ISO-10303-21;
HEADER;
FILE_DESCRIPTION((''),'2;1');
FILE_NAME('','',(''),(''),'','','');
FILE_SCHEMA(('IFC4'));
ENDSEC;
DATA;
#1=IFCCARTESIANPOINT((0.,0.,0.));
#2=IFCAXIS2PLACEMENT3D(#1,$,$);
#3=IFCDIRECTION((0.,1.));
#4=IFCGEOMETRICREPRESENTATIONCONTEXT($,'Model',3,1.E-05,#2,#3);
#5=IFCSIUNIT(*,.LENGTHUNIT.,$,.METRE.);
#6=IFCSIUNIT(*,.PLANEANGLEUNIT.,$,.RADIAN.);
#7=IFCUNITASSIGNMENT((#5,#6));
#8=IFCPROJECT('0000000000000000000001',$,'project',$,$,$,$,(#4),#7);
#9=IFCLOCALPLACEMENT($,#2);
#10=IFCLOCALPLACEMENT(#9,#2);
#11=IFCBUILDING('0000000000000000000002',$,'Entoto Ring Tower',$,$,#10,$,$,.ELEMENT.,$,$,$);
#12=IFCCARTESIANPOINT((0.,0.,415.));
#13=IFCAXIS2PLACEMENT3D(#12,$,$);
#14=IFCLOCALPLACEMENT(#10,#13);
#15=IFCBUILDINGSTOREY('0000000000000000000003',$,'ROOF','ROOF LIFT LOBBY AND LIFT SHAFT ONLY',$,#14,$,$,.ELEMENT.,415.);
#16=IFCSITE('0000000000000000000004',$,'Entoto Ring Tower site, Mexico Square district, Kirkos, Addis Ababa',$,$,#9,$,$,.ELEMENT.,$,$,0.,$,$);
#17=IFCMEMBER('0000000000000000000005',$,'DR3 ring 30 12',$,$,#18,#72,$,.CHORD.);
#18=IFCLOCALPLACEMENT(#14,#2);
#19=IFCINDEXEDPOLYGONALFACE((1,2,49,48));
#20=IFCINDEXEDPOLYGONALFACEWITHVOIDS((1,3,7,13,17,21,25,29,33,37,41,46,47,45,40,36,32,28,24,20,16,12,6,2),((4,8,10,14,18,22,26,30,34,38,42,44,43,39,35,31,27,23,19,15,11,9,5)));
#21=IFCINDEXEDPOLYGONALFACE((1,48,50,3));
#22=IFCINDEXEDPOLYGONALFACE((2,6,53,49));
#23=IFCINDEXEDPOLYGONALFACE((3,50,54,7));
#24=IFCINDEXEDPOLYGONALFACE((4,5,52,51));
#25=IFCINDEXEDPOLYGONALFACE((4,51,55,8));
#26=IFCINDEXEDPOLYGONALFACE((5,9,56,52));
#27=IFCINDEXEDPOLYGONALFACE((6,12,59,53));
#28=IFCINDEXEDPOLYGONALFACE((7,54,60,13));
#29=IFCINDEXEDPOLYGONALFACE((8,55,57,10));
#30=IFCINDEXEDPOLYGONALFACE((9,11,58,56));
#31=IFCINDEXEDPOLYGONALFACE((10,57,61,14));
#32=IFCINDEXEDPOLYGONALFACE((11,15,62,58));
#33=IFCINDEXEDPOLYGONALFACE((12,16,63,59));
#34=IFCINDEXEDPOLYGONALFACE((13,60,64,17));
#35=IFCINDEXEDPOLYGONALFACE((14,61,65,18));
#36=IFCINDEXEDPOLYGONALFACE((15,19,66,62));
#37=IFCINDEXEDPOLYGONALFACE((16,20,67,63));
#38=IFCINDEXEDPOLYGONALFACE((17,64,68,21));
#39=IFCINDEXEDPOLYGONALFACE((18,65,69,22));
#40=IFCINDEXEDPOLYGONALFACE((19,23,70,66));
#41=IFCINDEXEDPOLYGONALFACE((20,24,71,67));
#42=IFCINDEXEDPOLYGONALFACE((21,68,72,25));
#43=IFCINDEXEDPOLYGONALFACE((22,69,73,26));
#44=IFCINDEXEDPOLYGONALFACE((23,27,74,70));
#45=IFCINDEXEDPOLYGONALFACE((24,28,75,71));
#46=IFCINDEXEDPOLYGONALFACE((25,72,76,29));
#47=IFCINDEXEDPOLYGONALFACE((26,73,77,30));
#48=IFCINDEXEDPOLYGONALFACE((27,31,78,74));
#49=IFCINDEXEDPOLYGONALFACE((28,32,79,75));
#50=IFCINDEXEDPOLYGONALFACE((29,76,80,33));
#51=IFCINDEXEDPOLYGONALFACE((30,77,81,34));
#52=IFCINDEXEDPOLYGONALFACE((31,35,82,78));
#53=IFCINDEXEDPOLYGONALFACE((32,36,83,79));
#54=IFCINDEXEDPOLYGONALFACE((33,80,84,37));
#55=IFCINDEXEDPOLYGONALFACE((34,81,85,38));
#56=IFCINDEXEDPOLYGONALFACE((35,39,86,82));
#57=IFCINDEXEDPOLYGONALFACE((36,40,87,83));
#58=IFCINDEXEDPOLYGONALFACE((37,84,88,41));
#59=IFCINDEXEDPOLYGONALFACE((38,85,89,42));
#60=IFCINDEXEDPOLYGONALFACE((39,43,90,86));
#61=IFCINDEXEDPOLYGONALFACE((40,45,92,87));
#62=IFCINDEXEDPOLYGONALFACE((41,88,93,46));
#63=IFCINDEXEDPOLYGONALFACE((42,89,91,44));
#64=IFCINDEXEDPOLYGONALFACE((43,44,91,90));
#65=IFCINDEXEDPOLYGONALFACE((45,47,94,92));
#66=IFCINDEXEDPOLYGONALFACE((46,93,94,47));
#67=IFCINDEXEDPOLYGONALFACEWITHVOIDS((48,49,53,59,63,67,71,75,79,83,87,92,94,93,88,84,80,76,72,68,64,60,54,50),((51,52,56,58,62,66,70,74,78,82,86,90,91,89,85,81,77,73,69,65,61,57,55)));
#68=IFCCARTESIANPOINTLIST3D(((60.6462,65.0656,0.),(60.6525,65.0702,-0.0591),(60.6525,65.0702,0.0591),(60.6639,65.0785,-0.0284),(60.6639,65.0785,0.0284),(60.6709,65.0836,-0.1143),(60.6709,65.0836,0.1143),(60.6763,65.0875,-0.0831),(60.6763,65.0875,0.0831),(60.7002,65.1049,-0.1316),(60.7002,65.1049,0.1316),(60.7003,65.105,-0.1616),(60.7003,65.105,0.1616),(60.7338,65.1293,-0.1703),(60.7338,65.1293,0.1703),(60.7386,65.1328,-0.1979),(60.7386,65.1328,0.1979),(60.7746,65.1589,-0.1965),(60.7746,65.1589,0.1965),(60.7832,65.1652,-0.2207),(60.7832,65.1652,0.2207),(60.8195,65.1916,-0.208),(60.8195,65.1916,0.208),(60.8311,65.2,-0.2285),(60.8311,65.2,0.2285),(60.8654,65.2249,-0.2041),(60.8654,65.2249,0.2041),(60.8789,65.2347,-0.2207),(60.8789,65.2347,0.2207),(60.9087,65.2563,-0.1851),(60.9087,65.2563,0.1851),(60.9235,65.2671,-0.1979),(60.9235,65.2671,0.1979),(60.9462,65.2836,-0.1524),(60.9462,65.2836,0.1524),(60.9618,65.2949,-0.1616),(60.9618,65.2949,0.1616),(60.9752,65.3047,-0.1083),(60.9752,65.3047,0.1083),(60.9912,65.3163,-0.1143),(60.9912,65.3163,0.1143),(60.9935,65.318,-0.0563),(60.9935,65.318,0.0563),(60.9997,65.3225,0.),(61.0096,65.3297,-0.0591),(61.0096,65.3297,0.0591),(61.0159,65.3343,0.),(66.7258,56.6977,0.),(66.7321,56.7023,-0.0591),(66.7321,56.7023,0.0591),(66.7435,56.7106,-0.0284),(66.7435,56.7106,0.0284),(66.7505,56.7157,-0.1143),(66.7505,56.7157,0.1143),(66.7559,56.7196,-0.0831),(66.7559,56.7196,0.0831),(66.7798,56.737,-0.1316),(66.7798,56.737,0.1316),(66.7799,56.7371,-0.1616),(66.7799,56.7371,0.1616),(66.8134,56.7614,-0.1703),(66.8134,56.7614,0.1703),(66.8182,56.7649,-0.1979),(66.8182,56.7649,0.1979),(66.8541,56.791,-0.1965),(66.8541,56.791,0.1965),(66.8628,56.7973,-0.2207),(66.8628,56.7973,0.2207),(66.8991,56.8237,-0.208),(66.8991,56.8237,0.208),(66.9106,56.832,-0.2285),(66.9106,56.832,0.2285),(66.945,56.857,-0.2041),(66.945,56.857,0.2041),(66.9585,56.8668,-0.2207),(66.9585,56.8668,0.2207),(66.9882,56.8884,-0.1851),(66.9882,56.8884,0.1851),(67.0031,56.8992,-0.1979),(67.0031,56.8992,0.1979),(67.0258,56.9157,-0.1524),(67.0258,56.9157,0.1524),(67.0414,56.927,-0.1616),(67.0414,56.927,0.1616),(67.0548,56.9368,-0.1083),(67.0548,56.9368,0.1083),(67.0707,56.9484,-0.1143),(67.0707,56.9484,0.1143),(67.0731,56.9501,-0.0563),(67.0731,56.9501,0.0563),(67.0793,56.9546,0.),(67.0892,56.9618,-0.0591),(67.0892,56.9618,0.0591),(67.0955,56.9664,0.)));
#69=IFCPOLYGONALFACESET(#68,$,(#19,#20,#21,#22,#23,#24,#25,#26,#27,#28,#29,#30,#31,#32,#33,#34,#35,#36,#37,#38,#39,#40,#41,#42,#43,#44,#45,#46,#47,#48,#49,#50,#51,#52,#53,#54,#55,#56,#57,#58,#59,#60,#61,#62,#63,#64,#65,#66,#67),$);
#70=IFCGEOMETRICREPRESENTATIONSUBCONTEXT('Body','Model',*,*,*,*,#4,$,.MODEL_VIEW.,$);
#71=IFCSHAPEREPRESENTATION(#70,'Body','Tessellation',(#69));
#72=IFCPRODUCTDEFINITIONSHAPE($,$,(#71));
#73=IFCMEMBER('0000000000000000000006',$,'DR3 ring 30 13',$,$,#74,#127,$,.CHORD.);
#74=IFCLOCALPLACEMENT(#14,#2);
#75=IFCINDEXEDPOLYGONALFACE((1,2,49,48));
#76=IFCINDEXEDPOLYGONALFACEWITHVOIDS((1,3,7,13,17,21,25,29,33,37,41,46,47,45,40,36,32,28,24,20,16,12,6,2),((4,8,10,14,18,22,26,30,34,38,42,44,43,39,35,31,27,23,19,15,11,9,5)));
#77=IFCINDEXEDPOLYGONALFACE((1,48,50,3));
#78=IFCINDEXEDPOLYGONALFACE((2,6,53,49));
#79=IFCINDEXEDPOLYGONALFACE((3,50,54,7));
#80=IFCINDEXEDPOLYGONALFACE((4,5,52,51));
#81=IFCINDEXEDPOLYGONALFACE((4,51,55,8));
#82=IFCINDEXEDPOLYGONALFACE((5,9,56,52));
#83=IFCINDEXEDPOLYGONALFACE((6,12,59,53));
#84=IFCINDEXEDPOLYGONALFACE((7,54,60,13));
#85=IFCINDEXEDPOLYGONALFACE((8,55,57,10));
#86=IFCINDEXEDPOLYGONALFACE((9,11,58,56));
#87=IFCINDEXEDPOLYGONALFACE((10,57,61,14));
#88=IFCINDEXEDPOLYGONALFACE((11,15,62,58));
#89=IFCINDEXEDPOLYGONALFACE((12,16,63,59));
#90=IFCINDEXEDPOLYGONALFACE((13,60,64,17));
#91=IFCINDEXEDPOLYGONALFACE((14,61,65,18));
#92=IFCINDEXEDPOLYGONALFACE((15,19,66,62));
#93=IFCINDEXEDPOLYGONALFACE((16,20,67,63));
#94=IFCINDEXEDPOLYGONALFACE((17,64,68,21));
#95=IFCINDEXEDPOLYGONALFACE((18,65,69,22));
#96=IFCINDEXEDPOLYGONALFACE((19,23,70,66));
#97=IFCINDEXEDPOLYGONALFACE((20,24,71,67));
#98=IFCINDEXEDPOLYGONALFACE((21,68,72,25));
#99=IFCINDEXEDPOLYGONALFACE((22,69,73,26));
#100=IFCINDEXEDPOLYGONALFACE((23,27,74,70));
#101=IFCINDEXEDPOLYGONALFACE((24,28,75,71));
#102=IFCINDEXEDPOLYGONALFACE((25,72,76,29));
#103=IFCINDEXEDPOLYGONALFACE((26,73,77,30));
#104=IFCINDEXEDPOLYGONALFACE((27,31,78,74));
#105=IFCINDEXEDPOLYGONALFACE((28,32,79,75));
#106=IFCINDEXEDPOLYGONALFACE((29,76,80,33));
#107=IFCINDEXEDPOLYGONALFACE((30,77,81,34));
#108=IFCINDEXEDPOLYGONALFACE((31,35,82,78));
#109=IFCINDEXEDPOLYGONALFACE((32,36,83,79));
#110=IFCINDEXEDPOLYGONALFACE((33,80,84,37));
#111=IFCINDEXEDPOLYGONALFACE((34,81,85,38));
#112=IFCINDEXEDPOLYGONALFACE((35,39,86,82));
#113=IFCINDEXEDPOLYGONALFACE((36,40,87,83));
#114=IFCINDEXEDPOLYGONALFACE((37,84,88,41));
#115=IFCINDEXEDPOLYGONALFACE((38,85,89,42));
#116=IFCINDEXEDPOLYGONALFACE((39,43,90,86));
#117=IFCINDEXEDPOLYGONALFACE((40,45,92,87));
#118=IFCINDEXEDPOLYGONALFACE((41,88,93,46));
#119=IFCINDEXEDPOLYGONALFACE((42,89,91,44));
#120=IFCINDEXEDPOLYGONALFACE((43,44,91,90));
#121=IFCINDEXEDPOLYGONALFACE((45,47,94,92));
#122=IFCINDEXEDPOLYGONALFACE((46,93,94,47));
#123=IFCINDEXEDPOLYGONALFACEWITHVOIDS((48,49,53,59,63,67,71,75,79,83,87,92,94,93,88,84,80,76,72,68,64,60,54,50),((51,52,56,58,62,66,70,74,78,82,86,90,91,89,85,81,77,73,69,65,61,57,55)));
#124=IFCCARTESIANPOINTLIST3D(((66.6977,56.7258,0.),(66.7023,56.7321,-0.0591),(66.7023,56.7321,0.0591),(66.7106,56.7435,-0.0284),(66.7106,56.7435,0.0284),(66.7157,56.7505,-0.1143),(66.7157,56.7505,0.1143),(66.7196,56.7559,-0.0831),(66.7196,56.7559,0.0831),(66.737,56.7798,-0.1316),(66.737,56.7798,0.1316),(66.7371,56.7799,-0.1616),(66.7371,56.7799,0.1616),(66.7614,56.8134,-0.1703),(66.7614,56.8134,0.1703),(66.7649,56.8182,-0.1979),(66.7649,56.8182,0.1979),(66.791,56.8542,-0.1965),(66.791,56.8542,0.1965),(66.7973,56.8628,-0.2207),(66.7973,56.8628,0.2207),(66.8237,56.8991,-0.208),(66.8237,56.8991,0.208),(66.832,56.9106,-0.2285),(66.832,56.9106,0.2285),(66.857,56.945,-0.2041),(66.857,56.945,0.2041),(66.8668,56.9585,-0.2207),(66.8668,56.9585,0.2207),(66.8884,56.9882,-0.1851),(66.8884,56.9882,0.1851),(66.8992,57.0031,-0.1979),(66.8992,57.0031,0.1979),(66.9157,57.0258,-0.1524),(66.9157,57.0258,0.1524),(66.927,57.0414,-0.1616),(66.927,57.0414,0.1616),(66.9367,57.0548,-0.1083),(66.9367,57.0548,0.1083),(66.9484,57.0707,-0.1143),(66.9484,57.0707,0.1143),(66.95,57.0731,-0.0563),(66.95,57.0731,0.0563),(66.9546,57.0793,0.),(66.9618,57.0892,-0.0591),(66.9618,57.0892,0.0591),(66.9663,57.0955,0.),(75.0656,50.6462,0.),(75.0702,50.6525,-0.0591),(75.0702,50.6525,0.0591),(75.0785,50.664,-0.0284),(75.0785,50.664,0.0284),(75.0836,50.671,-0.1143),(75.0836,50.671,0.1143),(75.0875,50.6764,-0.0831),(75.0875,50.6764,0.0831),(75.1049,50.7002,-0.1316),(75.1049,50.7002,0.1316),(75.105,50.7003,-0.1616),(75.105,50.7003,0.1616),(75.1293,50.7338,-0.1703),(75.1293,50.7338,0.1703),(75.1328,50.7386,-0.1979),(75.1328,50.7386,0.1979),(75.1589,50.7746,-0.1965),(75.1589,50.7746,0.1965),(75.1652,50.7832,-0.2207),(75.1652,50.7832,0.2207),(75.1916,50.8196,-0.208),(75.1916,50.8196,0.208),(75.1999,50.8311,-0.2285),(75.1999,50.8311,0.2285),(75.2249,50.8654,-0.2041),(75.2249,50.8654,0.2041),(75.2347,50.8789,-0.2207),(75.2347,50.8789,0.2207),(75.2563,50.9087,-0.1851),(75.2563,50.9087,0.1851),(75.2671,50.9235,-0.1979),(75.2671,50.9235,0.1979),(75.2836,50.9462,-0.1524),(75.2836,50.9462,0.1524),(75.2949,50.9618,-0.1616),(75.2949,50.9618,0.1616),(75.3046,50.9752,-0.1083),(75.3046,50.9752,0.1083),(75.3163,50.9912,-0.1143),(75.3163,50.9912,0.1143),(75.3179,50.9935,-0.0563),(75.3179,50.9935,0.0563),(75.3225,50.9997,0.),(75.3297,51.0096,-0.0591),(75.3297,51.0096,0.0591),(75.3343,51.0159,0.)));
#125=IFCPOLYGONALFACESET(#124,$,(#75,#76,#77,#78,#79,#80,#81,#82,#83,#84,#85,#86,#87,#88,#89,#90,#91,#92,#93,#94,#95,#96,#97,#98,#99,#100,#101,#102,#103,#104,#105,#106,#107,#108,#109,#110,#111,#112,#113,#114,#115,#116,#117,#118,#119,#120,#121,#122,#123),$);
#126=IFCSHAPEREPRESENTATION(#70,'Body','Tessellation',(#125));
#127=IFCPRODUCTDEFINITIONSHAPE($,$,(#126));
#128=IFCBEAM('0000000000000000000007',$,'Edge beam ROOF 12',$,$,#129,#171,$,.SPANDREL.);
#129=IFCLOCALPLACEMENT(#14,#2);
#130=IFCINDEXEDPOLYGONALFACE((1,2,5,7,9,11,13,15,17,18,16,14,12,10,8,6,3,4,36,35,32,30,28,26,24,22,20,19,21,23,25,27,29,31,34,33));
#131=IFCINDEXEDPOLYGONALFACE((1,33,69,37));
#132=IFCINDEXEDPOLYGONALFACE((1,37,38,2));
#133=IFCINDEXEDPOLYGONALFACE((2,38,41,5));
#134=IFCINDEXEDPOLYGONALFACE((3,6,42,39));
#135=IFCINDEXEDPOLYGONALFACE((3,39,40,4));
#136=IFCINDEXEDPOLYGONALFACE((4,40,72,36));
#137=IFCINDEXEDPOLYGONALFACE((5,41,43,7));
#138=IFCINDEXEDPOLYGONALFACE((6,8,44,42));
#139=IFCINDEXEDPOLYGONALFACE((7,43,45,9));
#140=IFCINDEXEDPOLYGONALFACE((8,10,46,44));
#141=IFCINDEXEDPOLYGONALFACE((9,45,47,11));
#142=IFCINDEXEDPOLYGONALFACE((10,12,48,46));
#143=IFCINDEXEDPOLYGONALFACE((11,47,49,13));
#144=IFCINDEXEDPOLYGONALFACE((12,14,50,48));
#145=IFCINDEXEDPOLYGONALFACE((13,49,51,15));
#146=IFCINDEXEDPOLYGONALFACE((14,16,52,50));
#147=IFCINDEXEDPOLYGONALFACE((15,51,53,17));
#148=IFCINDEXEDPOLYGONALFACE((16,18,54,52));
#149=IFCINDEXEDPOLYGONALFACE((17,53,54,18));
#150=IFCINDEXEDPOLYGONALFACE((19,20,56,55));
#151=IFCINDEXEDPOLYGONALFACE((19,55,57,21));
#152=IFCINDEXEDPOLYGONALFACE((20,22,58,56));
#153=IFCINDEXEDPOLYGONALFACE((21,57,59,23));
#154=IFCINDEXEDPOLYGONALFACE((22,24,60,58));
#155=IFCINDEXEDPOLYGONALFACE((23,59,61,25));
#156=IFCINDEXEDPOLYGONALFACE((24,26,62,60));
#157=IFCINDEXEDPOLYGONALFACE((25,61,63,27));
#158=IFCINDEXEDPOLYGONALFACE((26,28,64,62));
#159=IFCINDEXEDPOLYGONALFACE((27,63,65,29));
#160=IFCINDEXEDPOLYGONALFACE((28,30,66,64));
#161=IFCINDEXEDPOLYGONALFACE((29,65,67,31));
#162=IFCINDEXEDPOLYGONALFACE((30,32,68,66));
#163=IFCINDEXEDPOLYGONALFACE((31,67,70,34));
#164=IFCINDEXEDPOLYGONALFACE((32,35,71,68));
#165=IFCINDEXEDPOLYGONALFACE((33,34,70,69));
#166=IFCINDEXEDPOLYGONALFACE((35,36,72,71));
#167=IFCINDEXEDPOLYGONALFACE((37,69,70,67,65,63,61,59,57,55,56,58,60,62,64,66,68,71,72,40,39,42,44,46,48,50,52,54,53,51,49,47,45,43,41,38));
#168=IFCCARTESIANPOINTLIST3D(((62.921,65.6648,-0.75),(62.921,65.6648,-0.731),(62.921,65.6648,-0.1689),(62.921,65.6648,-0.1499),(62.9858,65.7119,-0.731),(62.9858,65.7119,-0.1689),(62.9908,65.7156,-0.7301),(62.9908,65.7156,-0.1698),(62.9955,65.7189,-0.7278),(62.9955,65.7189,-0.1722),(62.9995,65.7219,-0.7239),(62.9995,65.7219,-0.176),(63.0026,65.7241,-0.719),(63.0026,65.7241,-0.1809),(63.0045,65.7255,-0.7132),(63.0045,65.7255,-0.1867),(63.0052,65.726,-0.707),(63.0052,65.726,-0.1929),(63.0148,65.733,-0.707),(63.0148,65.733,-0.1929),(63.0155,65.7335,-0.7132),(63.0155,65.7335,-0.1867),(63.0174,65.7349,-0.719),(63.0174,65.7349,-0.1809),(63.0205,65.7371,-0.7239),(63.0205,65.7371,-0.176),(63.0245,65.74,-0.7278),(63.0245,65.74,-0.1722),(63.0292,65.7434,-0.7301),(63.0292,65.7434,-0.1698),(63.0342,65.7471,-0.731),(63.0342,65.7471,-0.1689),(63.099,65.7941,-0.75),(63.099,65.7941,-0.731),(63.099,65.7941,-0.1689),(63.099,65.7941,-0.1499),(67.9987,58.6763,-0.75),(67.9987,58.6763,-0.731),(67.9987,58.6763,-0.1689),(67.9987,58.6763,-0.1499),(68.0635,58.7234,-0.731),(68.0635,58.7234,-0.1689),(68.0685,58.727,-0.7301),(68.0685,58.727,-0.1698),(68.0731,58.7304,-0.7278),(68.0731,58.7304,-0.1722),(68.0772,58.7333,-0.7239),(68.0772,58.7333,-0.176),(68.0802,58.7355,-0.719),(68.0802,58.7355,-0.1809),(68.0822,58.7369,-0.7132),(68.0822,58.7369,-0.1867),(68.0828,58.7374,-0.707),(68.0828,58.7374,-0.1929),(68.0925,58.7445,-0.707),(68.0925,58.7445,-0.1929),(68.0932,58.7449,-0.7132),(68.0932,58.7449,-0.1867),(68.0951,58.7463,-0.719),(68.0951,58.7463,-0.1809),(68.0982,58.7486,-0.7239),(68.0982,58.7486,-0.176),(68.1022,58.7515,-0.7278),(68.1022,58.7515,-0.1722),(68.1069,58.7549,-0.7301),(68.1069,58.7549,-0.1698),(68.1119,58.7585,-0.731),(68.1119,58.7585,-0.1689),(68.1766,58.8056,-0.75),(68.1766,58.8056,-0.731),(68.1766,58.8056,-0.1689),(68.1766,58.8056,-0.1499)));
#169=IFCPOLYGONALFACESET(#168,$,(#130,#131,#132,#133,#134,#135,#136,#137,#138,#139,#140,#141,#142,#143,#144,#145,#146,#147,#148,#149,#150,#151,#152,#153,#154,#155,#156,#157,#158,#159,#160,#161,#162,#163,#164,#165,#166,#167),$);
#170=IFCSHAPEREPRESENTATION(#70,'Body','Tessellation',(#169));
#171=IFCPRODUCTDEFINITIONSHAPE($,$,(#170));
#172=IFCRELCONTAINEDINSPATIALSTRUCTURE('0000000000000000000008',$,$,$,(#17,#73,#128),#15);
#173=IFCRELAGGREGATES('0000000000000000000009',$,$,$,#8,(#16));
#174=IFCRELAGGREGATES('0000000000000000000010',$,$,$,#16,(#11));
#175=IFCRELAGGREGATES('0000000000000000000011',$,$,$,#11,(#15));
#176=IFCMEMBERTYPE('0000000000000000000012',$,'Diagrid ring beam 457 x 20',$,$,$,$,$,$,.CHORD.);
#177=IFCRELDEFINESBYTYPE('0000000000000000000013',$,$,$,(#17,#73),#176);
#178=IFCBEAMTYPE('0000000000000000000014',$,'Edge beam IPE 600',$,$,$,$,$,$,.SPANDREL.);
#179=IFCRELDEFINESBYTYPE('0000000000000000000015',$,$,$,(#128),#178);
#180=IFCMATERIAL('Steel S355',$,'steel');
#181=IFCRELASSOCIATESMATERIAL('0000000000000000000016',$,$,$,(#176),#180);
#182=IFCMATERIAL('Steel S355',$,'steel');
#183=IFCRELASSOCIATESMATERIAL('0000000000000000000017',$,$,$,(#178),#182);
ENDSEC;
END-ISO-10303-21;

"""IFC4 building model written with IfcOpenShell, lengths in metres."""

from ifc_helpers import new_model, si_unit, direction, frame, origin, origin_2d, place, context, subcontext, project, spatial, circle, hollow_circle, i_section, extrude, material, material_profile, profile_set, type_object, element, save


model = new_model("IFC4")

# Units and contexts
model_context = context("Model", 3, precision=1e-05, world=origin(), true_north=direction((0.0, 1.0)))
body_context = subcontext(model_context, "Body", "Model", "MODEL_VIEW")
ifc_project = project(units=[si_unit("LENGTHUNIT", "METRE"), si_unit("PLANEANGLEUNIT", "RADIAN")], contexts=[model_context])

# Site, building, storey
site_placement = place(None, origin())
site = spatial("IfcSite", under=ifc_project, at=site_placement, Name="Entoto Ring Tower site, Mexico Square district, Kirkos, Addis Ababa", CompositionType="ELEMENT", RefElevation=0.0)
building_placement = place(site_placement, origin())
building = spatial("IfcBuilding", under=site, at=building_placement, Name="Entoto Ring Tower", CompositionType="ELEMENT")
storey_placement = place(building_placement, frame((0.0, 0.0, 415.0)))
storey = spatial("IfcBuildingStorey", under=building, at=storey_placement, Name="ROOF", Description="ROOF LIFT LOBBY AND LIFT SHAFT ONLY", CompositionType="ELEMENT", Elevation=415.0)

# Members
ifc_material_1 = material(Name="Steel S355", Category="steel")
ifc_material_profile_1 = material_profile(ifc_material_1, hollow_circle(Radius=0.2285, WallThickness=0.02, at=origin_2d()), Name="CHS 457 x 20")
ifc_material_2 = material(Name="Concrete C60/75", Category="concrete")
ifc_material_profile_2 = material_profile(ifc_material_2, circle(Radius=0.2085, at=origin_2d()), Name="Concrete C60/75 infill")
ifc_profile_set_1 = profile_set([ifc_material_profile_1, ifc_material_profile_2], Name="Steel S355")
member_type_1 = type_object("IfcMemberType", Name="Diagrid ring beam 457 x 20", PredefinedType="CHORD", material=ifc_profile_set_1)
for number, where, z_axis, x_axis, name in (
    (1, (60.8311, 65.2, 0.0), (0.587781, -0.80902, 0.0), (0.80902, 0.587781, 0.0), "DR3 ring 30 12"),
    (2, (66.832, 56.9106, 0.0), (0.80902, -0.587781, 0.0), (0.587781, 0.80902, 0.0), "DR3 ring 30 13"),
):
    element("IfcMember", number, at=place(storey_placement, frame(where, z_axis=z_axis, x_axis=x_axis)), inside=storey, type_object=member_type_1, Name=name, PredefinedType="CHORD", context=body_context, shape_type="SweptSolid", body=[
        extrude(hollow_circle(Radius=0.2285, WallThickness=0.02, at=origin_2d()), origin(), (0.0, 0.0, 1.0), 10.3433),
    ])

# Beam
ifc_material_3 = material(Name="Steel S355", Category="steel")
ifc_material_profile_3 = material_profile(ifc_material_3, i_section(OverallWidth=0.22, OverallDepth=0.6001, WebThickness=0.012, FlangeThickness=0.019, FilletRadius=0.0239, at=origin_2d()), Name="IPE 600")
ifc_profile_set_2 = profile_set([ifc_material_profile_3], Name="Steel S355")
beam_type_1 = type_object("IfcBeamType", Name="Edge beam IPE 600", PredefinedType="SPANDREL", material=ifc_profile_set_2)
for number, where, z_axis, x_axis, name in (
    (3, (63.01, 65.7295, -0.45), (0.587799, -0.809007, 0.0), (0.809007, 0.587799, 0.0), "Edge beam ROOF 12"),
):
    element("IfcBeam", number, at=place(storey_placement, frame(where, z_axis=z_axis, x_axis=x_axis)), inside=storey, type_object=beam_type_1, Name=name, PredefinedType="SPANDREL", context=body_context, shape_type="SweptSolid", body=[
        extrude(i_section(OverallWidth=0.22, OverallDepth=0.6001, WebThickness=0.012, FlangeThickness=0.019, FilletRadius=0.0239, at=origin_2d()), origin(), (0.0, 0.0, 1.0), 8.6384),
    ])

save(model, "model.ifc")
